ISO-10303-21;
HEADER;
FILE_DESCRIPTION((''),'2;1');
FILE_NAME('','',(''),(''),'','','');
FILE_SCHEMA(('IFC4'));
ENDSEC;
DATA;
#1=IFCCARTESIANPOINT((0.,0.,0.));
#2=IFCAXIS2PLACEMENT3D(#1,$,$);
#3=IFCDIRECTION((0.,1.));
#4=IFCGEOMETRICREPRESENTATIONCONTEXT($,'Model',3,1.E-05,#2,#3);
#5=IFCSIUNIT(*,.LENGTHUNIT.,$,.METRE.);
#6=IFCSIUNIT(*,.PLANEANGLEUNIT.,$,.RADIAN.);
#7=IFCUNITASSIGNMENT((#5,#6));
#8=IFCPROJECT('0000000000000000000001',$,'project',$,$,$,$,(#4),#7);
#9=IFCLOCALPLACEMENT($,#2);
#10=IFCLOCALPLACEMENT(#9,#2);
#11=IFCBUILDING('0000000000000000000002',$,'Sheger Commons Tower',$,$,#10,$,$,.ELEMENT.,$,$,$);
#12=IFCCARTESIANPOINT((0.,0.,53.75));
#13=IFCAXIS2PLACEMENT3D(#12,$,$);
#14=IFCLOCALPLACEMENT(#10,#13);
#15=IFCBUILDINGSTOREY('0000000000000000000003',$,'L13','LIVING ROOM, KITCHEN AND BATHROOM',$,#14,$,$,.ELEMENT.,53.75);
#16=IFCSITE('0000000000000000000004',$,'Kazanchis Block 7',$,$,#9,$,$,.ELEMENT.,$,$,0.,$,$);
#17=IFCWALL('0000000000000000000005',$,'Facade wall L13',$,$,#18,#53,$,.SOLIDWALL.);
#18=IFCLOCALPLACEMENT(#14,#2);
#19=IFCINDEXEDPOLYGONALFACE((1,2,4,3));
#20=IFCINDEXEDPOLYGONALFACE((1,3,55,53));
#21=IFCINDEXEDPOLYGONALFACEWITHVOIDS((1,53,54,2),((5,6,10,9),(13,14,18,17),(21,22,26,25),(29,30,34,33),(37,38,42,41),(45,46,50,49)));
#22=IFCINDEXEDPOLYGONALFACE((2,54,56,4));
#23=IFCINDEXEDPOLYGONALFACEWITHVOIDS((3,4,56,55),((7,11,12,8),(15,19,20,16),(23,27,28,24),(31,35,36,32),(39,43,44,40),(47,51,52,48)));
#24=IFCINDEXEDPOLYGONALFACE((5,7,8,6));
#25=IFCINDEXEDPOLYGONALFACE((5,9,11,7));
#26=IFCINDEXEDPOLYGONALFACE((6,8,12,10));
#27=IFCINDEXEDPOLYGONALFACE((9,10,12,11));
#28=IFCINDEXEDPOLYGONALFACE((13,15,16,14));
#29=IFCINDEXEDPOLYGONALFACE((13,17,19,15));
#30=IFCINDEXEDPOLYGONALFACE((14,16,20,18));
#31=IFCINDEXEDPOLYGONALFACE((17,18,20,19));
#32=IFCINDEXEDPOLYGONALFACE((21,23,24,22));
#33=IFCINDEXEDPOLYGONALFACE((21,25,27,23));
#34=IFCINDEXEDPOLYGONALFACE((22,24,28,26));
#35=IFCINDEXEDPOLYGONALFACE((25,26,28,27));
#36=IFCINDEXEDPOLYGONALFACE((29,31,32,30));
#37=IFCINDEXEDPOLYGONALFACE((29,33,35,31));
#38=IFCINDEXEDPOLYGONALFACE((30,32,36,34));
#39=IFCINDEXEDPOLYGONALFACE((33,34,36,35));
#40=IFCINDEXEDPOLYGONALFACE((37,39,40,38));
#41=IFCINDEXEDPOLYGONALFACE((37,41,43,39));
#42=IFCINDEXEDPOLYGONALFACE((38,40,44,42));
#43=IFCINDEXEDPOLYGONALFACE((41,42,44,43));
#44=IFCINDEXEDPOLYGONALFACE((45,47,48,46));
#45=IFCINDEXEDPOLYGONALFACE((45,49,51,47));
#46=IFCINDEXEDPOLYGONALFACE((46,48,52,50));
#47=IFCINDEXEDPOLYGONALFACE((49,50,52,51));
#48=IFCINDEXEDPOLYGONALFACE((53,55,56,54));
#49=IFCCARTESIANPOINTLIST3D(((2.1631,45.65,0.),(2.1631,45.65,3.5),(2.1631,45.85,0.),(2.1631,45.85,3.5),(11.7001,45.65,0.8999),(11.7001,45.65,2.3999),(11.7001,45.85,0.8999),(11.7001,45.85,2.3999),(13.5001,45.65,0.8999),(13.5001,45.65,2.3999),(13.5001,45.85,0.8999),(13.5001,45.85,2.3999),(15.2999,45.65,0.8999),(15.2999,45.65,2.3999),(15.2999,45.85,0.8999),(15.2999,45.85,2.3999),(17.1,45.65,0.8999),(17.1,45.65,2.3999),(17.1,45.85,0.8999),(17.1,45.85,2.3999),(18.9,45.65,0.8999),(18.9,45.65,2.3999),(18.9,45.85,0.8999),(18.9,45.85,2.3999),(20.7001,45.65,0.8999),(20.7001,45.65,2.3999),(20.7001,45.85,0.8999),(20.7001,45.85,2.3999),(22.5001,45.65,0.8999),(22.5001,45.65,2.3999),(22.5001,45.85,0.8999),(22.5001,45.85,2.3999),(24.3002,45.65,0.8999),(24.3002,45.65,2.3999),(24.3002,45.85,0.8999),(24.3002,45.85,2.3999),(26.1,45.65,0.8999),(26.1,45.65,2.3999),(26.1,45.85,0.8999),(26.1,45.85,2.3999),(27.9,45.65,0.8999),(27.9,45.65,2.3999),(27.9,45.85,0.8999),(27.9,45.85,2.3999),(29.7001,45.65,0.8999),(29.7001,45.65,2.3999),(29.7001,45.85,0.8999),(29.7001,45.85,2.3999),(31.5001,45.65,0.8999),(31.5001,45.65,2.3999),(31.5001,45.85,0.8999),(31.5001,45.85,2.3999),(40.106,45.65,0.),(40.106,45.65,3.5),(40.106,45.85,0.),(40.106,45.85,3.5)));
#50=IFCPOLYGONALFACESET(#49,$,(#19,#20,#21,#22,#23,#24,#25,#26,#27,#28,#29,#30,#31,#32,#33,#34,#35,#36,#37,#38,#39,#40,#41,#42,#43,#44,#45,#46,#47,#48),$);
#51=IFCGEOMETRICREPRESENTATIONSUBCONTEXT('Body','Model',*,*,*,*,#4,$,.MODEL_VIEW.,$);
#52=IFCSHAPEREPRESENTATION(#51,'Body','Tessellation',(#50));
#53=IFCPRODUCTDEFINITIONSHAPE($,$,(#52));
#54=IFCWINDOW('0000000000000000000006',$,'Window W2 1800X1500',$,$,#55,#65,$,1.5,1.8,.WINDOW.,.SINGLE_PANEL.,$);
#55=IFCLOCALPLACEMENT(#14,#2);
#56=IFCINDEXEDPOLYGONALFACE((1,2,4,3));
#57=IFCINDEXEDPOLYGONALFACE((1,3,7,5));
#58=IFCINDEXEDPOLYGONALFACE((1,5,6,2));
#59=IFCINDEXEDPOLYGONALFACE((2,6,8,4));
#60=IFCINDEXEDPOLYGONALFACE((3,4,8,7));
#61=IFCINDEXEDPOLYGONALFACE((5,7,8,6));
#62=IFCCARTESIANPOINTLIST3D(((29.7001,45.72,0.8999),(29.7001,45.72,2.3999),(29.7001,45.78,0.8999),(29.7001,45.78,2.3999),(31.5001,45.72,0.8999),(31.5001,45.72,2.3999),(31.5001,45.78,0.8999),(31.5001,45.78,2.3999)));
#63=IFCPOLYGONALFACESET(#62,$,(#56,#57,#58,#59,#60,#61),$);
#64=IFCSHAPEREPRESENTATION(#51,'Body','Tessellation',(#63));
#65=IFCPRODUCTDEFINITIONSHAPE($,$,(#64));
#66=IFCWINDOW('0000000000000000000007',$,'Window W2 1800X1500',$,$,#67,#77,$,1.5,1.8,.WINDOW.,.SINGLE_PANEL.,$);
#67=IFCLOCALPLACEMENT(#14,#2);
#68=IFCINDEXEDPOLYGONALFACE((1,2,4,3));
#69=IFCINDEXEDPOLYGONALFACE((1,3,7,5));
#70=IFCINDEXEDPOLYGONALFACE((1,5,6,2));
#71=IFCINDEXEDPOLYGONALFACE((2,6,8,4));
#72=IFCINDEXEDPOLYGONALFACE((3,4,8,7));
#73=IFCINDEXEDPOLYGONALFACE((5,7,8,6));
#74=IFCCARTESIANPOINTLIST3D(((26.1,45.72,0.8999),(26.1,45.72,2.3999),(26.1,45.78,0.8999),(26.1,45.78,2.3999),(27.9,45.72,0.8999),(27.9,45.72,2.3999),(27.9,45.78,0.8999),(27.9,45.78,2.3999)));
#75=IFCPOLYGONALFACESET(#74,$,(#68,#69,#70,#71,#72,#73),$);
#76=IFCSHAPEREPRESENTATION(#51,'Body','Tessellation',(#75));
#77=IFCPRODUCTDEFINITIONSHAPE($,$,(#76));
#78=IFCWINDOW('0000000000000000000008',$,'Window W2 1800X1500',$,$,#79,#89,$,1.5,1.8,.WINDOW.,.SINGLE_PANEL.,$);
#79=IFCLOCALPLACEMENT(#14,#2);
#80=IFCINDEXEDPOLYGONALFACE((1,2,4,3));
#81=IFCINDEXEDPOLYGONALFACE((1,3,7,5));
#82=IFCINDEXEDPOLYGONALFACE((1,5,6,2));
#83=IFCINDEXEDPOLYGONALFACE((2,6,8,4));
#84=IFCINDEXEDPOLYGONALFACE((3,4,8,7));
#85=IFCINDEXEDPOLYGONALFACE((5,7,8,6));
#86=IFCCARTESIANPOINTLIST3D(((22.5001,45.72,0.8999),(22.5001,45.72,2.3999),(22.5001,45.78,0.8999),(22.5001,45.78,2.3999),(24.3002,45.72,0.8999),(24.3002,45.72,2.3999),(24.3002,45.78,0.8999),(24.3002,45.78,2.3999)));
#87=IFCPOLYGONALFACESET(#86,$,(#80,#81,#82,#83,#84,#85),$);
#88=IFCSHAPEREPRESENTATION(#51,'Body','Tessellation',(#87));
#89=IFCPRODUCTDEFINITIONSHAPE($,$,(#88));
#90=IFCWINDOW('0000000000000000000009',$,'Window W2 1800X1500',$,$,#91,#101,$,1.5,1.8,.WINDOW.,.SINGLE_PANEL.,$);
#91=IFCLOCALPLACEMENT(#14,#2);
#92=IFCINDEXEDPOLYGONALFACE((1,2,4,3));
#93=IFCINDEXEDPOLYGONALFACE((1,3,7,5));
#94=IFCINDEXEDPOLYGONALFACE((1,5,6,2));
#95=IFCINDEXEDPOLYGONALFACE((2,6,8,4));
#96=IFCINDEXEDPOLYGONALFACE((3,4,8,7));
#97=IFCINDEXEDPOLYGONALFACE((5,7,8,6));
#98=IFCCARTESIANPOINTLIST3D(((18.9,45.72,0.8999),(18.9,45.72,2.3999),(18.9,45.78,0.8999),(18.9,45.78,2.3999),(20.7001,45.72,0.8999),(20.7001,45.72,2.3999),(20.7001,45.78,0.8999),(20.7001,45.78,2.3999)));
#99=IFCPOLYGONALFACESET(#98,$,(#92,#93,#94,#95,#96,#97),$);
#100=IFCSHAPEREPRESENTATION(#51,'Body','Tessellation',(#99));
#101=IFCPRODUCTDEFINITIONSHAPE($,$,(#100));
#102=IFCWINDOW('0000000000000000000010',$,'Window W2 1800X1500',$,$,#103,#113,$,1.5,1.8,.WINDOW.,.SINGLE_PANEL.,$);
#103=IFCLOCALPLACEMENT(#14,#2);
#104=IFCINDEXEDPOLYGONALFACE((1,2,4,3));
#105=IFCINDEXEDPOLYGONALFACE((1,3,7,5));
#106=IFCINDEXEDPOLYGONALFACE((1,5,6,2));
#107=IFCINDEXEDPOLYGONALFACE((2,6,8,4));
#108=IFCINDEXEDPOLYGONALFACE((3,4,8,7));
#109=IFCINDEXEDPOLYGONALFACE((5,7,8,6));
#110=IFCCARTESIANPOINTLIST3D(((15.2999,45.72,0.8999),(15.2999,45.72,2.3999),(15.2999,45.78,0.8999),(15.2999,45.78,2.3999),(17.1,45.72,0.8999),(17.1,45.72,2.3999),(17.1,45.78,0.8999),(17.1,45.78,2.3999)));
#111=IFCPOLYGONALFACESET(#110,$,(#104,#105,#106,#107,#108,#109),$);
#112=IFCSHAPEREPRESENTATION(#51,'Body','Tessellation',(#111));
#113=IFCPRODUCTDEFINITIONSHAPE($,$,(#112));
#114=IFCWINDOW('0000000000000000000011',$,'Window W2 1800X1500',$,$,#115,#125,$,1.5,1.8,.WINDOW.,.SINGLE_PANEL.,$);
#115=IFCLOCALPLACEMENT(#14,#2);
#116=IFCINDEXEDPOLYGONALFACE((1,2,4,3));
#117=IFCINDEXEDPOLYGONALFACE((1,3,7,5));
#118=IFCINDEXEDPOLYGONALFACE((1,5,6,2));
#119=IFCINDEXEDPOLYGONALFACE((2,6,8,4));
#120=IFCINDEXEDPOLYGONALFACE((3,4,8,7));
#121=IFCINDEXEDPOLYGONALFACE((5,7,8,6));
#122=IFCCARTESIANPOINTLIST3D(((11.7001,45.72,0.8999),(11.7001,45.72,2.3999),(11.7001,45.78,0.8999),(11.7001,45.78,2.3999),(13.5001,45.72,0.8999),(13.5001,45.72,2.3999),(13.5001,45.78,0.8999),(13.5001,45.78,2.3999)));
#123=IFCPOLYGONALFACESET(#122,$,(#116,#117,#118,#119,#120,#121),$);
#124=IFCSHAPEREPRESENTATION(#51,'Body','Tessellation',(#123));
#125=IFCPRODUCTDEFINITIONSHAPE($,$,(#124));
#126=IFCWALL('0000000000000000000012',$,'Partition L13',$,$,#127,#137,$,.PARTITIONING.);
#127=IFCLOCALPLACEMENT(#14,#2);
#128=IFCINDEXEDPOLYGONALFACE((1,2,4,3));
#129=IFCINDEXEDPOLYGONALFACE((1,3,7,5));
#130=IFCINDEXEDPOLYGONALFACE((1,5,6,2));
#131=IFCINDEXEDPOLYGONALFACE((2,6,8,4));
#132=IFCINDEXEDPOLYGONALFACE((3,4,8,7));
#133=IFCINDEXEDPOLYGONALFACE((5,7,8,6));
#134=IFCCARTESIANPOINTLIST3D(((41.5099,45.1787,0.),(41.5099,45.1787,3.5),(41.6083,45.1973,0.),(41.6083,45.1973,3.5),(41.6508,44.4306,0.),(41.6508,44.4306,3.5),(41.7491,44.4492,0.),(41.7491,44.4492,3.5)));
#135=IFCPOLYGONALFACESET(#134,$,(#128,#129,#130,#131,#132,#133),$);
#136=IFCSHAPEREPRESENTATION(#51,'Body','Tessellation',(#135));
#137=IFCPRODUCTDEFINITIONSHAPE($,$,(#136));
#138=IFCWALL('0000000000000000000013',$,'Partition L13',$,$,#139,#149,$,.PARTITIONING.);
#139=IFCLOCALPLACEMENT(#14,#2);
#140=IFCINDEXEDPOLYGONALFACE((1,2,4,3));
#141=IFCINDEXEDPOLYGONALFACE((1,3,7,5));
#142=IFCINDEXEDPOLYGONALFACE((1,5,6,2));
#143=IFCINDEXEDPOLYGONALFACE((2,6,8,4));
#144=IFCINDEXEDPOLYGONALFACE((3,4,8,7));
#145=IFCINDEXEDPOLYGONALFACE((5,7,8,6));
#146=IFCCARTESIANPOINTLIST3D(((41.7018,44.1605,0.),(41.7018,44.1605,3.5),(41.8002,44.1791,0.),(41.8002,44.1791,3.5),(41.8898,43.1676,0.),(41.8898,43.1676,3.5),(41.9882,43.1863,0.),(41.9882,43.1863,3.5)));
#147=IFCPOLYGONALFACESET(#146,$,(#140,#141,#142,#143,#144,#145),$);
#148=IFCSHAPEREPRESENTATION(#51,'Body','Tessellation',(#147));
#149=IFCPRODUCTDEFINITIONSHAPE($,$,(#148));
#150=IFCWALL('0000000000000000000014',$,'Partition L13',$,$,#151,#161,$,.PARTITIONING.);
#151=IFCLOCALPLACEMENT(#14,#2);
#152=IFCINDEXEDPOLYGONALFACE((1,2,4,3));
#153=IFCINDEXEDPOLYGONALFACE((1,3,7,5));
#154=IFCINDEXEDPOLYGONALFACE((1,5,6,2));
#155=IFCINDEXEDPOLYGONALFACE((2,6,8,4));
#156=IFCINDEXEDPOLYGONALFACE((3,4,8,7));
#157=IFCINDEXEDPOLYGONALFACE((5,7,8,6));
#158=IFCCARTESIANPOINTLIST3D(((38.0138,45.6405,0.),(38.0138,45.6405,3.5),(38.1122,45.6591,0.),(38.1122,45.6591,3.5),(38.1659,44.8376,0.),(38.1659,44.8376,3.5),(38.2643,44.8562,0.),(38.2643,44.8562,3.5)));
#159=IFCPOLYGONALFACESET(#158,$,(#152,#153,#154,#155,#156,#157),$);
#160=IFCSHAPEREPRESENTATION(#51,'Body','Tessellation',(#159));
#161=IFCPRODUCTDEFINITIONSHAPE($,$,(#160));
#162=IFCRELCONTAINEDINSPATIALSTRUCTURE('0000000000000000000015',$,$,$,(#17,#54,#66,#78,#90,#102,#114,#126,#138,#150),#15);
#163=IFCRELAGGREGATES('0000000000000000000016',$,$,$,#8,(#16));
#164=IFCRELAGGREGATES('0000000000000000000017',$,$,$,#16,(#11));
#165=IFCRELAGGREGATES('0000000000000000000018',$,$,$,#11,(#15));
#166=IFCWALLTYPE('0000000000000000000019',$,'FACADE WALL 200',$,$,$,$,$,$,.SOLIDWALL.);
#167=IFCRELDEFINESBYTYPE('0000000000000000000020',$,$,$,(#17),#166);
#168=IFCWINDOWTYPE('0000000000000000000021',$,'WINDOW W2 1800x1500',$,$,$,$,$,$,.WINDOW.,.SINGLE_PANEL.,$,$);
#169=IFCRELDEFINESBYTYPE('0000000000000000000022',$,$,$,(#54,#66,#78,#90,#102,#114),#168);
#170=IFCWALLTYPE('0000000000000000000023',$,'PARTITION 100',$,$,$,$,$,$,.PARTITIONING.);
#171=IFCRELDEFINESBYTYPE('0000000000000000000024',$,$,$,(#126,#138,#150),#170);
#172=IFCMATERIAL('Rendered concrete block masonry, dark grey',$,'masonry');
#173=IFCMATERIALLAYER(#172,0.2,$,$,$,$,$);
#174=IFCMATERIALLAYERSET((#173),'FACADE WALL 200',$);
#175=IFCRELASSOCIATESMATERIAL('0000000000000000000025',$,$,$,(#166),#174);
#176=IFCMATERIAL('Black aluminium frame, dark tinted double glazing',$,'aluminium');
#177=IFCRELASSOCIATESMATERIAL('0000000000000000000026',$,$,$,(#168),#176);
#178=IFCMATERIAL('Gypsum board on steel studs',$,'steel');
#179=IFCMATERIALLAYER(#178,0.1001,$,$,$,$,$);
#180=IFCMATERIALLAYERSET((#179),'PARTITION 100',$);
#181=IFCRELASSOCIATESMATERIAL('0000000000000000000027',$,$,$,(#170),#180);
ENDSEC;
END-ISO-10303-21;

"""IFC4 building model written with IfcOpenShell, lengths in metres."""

from ifc_helpers import new_model, si_unit, direction, frame, frame_2d, origin, place, context, subcontext, project, spatial, rectangle, extrude, material, layer, layer_set, type_object, element, fill, save


model = new_model("IFC4")

# Units and contexts
model_context = context("Model", 3, precision=1e-05, world=origin(), true_north=direction((0.0, 1.0)))
body_context = subcontext(model_context, "Body", "Model", "MODEL_VIEW")
ifc_project = project(units=[si_unit("LENGTHUNIT", "METRE"), si_unit("PLANEANGLEUNIT", "RADIAN")], contexts=[model_context])

# Site, building, storey
site_placement = place(None, origin())
site = spatial("IfcSite", under=ifc_project, at=site_placement, Name="Kazanchis Block 7", CompositionType="ELEMENT", RefElevation=0.0)
building_placement = place(site_placement, origin())
building = spatial("IfcBuilding", under=site, at=building_placement, Name="Sheger Commons Tower", CompositionType="ELEMENT")
storey_placement = place(building_placement, frame((0.0, 0.0, 53.75)))
storey = spatial("IfcBuildingStorey", under=building, at=storey_placement, Name="L13", Description="LIVING ROOM, KITCHEN AND BATHROOM", CompositionType="ELEMENT", Elevation=53.75)

# Shared definitions
ifc_material_1 = material(Name="Rendered concrete block masonry, dark grey", Category="masonry")
ifc_layer_1 = layer(ifc_material_1, 0.2)
ifc_layer_set_1 = layer_set([ifc_layer_1], Name="FACADE WALL 200")
wall_type_1 = type_object("IfcWallType", Name="FACADE WALL 200", PredefinedType="SOLIDWALL", material=ifc_layer_set_1)

# Wall, openings, windows
wall_1_placement = place(storey_placement, frame((40.106, 45.75, 0.0), z_axis=(0.0, 0.0, 1.0), x_axis=(-1.0, 0.0, 0.0)))
wall_1 = element("IfcWall", 1, at=wall_1_placement, inside=storey, type_object=wall_type_1, Name="Facade wall L13", PredefinedType="SOLIDWALL", context=body_context, shape_type="SweptSolid", body=[
    extrude(rectangle(XDim=37.9429, YDim=0.2, at=frame_2d((18.9714, 0.0))), origin(), (0.0, 0.0, 1.0), 3.5),
])
opening_1_placement = place(wall_1_placement, frame((8.606, 0.0, 0.8999)))
opening_1 = element("IfcOpeningElement", 2, at=opening_1_placement, cuts=wall_1, PredefinedType="OPENING", context=body_context, shape_type="SweptSolid", body=[
    extrude(rectangle(XDim=1.8, YDim=1.5, at=frame_2d((0.8999, 0.75))), frame((0.0, 0.1099, 0.0), z_axis=(0.0, -1.0, 0.0), x_axis=(1.0, 0.0, 0.0)), (0.0, 0.0, 1.0), 0.22),
])
opening_2_placement = place(wall_1_placement, frame((12.2061, 0.0, 0.8999)))
opening_2 = element("IfcOpeningElement", 3, at=opening_2_placement, cuts=wall_1, PredefinedType="OPENING", context=body_context, shape_type="SweptSolid", body=[
    extrude(rectangle(XDim=1.8, YDim=1.5, at=frame_2d((0.8999, 0.75))), frame((0.0, 0.1099, 0.0), z_axis=(0.0, -1.0, 0.0), x_axis=(1.0, 0.0, 0.0)), (0.0, 0.0, 1.0), 0.22),
])
opening_3_placement = place(wall_1_placement, frame((15.8059, 0.0, 0.8999)))
opening_3 = element("IfcOpeningElement", 4, at=opening_3_placement, cuts=wall_1, PredefinedType="OPENING", context=body_context, shape_type="SweptSolid", body=[
    extrude(rectangle(XDim=1.8, YDim=1.5, at=frame_2d((0.8999, 0.75))), frame((0.0, 0.1099, 0.0), z_axis=(0.0, -1.0, 0.0), x_axis=(1.0, 0.0, 0.0)), (0.0, 0.0, 1.0), 0.22),
])
opening_4_placement = place(wall_1_placement, frame((19.406, 0.0, 0.8999)))
opening_4 = element("IfcOpeningElement", 5, at=opening_4_placement, cuts=wall_1, PredefinedType="OPENING", context=body_context, shape_type="SweptSolid", body=[
    extrude(rectangle(XDim=1.8, YDim=1.5, at=frame_2d((0.8999, 0.75))), frame((0.0, 0.1099, 0.0), z_axis=(0.0, -1.0, 0.0), x_axis=(1.0, 0.0, 0.0)), (0.0, 0.0, 1.0), 0.22),
])
opening_5_placement = place(wall_1_placement, frame((23.0061, 0.0, 0.8999)))
opening_5 = element("IfcOpeningElement", 6, at=opening_5_placement, cuts=wall_1, PredefinedType="OPENING", context=body_context, shape_type="SweptSolid", body=[
    extrude(rectangle(XDim=1.8, YDim=1.5, at=frame_2d((0.8999, 0.75))), frame((0.0, 0.1099, 0.0), z_axis=(0.0, -1.0, 0.0), x_axis=(1.0, 0.0, 0.0)), (0.0, 0.0, 1.0), 0.22),
])
opening_6_placement = place(wall_1_placement, frame((26.606, 0.0, 0.8999)))
opening_6 = element("IfcOpeningElement", 7, at=opening_6_placement, cuts=wall_1, PredefinedType="OPENING", context=body_context, shape_type="SweptSolid", body=[
    extrude(rectangle(XDim=1.8, YDim=1.5, at=frame_2d((0.8999, 0.75))), frame((0.0, 0.1099, 0.0), z_axis=(0.0, -1.0, 0.0), x_axis=(1.0, 0.0, 0.0)), (0.0, 0.0, 1.0), 0.22),
])
ifc_material_2 = material(Name="Black aluminium frame, dark tinted double glazing", Category="aluminium")
window_type = type_object("IfcWindowType", Name="WINDOW W2 1800x1500", PartitioningType="SINGLE_PANEL", PredefinedType="WINDOW", material=ifc_material_2)
window_1_placement = place(opening_1_placement, origin())
window_1 = element("IfcWindow", 8, at=window_1_placement, inside=storey, type_object=window_type, Name="Window W2 1800X1500", OverallHeight=1.5, OverallWidth=1.8, PartitioningType="SINGLE_PANEL", PredefinedType="WINDOW", context=body_context, shape_type="SweptSolid", body=[
    extrude(rectangle(XDim=1.8, YDim=1.5, at=frame_2d((0.8999, 0.75))), frame((0.0, 0.03, 0.0), z_axis=(0.0, -1.0, 0.0), x_axis=(1.0, 0.0, 0.0)), (0.0, 0.0, 1.0), 0.0601),
])
fill(opening_1, window_1)
window_2_placement = place(opening_2_placement, origin())
window_2 = element("IfcWindow", 9, at=window_2_placement, inside=storey, type_object=window_type, Name="Window W2 1800X1500", OverallHeight=1.5, OverallWidth=1.8, PartitioningType="SINGLE_PANEL", PredefinedType="WINDOW", context=body_context, shape_type="SweptSolid", body=[
    extrude(rectangle(XDim=1.8, YDim=1.5, at=frame_2d((0.8999, 0.75))), frame((0.0, 0.03, 0.0), z_axis=(0.0, -1.0, 0.0), x_axis=(1.0, 0.0, 0.0)), (0.0, 0.0, 1.0), 0.0601),
])
fill(opening_2, window_2)
window_3_placement = place(opening_3_placement, origin())
window_3 = element("IfcWindow", 10, at=window_3_placement, inside=storey, type_object=window_type, Name="Window W2 1800X1500", OverallHeight=1.5, OverallWidth=1.8, PartitioningType="SINGLE_PANEL", PredefinedType="WINDOW", context=body_context, shape_type="SweptSolid", body=[
    extrude(rectangle(XDim=1.8, YDim=1.5, at=frame_2d((0.8999, 0.75))), frame((0.0, 0.03, 0.0), z_axis=(0.0, -1.0, 0.0), x_axis=(1.0, 0.0, 0.0)), (0.0, 0.0, 1.0), 0.0601),
])
fill(opening_3, window_3)
window_4_placement = place(opening_4_placement, origin())
window_4 = element("IfcWindow", 11, at=window_4_placement, inside=storey, type_object=window_type, Name="Window W2 1800X1500", OverallHeight=1.5, OverallWidth=1.8, PartitioningType="SINGLE_PANEL", PredefinedType="WINDOW", context=body_context, shape_type="SweptSolid", body=[
    extrude(rectangle(XDim=1.8, YDim=1.5, at=frame_2d((0.8999, 0.75))), frame((0.0, 0.03, 0.0), z_axis=(0.0, -1.0, 0.0), x_axis=(1.0, 0.0, 0.0)), (0.0, 0.0, 1.0), 0.0601),
])
fill(opening_4, window_4)
window_5_placement = place(opening_5_placement, origin())
window_5 = element("IfcWindow", 12, at=window_5_placement, inside=storey, type_object=window_type, Name="Window W2 1800X1500", OverallHeight=1.5, OverallWidth=1.8, PartitioningType="SINGLE_PANEL", PredefinedType="WINDOW", context=body_context, shape_type="SweptSolid", body=[
    extrude(rectangle(XDim=1.8, YDim=1.5, at=frame_2d((0.8999, 0.75))), frame((0.0, 0.03, 0.0), z_axis=(0.0, -1.0, 0.0), x_axis=(1.0, 0.0, 0.0)), (0.0, 0.0, 1.0), 0.0601),
])
fill(opening_5, window_5)
window_6_placement = place(opening_6_placement, origin())
window_6 = element("IfcWindow", 13, at=window_6_placement, inside=storey, type_object=window_type, Name="Window W2 1800X1500", OverallHeight=1.5, OverallWidth=1.8, PartitioningType="SINGLE_PANEL", PredefinedType="WINDOW", context=body_context, shape_type="SweptSolid", body=[
    extrude(rectangle(XDim=1.8, YDim=1.5, at=frame_2d((0.8999, 0.75))), frame((0.0, 0.03, 0.0), z_axis=(0.0, -1.0, 0.0), x_axis=(1.0, 0.0, 0.0)), (0.0, 0.0, 1.0), 0.0601),
])
fill(opening_6, window_6)

# Walls
ifc_material_3 = material(Name="Gypsum board on steel studs", Category="steel")
ifc_layer_2 = layer(ifc_material_3, 0.1001)
ifc_layer_set_2 = layer_set([ifc_layer_2], Name="PARTITION 100")
wall_type_2 = type_object("IfcWallType", Name="PARTITION 100", PredefinedType="PARTITIONING", material=ifc_layer_set_2)
wall_2_placement = place(storey_placement, frame((41.5591, 45.188, 0.0), z_axis=(0.0, 0.0, 1.0), x_axis=(0.185063, -0.982727, 0.0)))
element("IfcWall", 14, at=wall_2_placement, inside=storey, type_object=wall_type_2, Name="Partition L13", PredefinedType="PARTITIONING", context=body_context, shape_type="SweptSolid", body=[
    extrude(rectangle(XDim=0.7612, YDim=0.1001, at=frame_2d((0.3806, 0.0))), origin(), (0.0, 0.0, 1.0), 3.5),
])
wall_3_placement = place(storey_placement, frame((41.751, 44.1699, 0.0), z_axis=(0.0, 0.0, 1.0), x_axis=(0.186024, -0.982545, 0.0)))
element("IfcWall", 15, at=wall_3_placement, inside=storey, type_object=wall_type_2, Name="Partition L13", PredefinedType="PARTITIONING", context=body_context, shape_type="SweptSolid", body=[
    extrude(rectangle(XDim=1.0105, YDim=0.1001, at=frame_2d((0.5054, 0.0))), origin(), (0.0, 0.0, 1.0), 3.5),
])
wall_4_placement = place(storey_placement, frame((38.063, 45.6499, 0.0), z_axis=(0.0, 0.0, 1.0), x_axis=(0.18611, -0.982529, 0.0)))
element("IfcWall", 16, at=wall_4_placement, inside=storey, type_object=wall_type_2, Name="Partition L13", PredefinedType="PARTITIONING", context=body_context, shape_type="SweptSolid", body=[
    extrude(rectangle(XDim=0.8171, YDim=0.1001, at=frame_2d((0.4087, 0.0))), origin(), (0.0, 0.0, 1.0), 3.5),
])

save(model, "model.ifc")
